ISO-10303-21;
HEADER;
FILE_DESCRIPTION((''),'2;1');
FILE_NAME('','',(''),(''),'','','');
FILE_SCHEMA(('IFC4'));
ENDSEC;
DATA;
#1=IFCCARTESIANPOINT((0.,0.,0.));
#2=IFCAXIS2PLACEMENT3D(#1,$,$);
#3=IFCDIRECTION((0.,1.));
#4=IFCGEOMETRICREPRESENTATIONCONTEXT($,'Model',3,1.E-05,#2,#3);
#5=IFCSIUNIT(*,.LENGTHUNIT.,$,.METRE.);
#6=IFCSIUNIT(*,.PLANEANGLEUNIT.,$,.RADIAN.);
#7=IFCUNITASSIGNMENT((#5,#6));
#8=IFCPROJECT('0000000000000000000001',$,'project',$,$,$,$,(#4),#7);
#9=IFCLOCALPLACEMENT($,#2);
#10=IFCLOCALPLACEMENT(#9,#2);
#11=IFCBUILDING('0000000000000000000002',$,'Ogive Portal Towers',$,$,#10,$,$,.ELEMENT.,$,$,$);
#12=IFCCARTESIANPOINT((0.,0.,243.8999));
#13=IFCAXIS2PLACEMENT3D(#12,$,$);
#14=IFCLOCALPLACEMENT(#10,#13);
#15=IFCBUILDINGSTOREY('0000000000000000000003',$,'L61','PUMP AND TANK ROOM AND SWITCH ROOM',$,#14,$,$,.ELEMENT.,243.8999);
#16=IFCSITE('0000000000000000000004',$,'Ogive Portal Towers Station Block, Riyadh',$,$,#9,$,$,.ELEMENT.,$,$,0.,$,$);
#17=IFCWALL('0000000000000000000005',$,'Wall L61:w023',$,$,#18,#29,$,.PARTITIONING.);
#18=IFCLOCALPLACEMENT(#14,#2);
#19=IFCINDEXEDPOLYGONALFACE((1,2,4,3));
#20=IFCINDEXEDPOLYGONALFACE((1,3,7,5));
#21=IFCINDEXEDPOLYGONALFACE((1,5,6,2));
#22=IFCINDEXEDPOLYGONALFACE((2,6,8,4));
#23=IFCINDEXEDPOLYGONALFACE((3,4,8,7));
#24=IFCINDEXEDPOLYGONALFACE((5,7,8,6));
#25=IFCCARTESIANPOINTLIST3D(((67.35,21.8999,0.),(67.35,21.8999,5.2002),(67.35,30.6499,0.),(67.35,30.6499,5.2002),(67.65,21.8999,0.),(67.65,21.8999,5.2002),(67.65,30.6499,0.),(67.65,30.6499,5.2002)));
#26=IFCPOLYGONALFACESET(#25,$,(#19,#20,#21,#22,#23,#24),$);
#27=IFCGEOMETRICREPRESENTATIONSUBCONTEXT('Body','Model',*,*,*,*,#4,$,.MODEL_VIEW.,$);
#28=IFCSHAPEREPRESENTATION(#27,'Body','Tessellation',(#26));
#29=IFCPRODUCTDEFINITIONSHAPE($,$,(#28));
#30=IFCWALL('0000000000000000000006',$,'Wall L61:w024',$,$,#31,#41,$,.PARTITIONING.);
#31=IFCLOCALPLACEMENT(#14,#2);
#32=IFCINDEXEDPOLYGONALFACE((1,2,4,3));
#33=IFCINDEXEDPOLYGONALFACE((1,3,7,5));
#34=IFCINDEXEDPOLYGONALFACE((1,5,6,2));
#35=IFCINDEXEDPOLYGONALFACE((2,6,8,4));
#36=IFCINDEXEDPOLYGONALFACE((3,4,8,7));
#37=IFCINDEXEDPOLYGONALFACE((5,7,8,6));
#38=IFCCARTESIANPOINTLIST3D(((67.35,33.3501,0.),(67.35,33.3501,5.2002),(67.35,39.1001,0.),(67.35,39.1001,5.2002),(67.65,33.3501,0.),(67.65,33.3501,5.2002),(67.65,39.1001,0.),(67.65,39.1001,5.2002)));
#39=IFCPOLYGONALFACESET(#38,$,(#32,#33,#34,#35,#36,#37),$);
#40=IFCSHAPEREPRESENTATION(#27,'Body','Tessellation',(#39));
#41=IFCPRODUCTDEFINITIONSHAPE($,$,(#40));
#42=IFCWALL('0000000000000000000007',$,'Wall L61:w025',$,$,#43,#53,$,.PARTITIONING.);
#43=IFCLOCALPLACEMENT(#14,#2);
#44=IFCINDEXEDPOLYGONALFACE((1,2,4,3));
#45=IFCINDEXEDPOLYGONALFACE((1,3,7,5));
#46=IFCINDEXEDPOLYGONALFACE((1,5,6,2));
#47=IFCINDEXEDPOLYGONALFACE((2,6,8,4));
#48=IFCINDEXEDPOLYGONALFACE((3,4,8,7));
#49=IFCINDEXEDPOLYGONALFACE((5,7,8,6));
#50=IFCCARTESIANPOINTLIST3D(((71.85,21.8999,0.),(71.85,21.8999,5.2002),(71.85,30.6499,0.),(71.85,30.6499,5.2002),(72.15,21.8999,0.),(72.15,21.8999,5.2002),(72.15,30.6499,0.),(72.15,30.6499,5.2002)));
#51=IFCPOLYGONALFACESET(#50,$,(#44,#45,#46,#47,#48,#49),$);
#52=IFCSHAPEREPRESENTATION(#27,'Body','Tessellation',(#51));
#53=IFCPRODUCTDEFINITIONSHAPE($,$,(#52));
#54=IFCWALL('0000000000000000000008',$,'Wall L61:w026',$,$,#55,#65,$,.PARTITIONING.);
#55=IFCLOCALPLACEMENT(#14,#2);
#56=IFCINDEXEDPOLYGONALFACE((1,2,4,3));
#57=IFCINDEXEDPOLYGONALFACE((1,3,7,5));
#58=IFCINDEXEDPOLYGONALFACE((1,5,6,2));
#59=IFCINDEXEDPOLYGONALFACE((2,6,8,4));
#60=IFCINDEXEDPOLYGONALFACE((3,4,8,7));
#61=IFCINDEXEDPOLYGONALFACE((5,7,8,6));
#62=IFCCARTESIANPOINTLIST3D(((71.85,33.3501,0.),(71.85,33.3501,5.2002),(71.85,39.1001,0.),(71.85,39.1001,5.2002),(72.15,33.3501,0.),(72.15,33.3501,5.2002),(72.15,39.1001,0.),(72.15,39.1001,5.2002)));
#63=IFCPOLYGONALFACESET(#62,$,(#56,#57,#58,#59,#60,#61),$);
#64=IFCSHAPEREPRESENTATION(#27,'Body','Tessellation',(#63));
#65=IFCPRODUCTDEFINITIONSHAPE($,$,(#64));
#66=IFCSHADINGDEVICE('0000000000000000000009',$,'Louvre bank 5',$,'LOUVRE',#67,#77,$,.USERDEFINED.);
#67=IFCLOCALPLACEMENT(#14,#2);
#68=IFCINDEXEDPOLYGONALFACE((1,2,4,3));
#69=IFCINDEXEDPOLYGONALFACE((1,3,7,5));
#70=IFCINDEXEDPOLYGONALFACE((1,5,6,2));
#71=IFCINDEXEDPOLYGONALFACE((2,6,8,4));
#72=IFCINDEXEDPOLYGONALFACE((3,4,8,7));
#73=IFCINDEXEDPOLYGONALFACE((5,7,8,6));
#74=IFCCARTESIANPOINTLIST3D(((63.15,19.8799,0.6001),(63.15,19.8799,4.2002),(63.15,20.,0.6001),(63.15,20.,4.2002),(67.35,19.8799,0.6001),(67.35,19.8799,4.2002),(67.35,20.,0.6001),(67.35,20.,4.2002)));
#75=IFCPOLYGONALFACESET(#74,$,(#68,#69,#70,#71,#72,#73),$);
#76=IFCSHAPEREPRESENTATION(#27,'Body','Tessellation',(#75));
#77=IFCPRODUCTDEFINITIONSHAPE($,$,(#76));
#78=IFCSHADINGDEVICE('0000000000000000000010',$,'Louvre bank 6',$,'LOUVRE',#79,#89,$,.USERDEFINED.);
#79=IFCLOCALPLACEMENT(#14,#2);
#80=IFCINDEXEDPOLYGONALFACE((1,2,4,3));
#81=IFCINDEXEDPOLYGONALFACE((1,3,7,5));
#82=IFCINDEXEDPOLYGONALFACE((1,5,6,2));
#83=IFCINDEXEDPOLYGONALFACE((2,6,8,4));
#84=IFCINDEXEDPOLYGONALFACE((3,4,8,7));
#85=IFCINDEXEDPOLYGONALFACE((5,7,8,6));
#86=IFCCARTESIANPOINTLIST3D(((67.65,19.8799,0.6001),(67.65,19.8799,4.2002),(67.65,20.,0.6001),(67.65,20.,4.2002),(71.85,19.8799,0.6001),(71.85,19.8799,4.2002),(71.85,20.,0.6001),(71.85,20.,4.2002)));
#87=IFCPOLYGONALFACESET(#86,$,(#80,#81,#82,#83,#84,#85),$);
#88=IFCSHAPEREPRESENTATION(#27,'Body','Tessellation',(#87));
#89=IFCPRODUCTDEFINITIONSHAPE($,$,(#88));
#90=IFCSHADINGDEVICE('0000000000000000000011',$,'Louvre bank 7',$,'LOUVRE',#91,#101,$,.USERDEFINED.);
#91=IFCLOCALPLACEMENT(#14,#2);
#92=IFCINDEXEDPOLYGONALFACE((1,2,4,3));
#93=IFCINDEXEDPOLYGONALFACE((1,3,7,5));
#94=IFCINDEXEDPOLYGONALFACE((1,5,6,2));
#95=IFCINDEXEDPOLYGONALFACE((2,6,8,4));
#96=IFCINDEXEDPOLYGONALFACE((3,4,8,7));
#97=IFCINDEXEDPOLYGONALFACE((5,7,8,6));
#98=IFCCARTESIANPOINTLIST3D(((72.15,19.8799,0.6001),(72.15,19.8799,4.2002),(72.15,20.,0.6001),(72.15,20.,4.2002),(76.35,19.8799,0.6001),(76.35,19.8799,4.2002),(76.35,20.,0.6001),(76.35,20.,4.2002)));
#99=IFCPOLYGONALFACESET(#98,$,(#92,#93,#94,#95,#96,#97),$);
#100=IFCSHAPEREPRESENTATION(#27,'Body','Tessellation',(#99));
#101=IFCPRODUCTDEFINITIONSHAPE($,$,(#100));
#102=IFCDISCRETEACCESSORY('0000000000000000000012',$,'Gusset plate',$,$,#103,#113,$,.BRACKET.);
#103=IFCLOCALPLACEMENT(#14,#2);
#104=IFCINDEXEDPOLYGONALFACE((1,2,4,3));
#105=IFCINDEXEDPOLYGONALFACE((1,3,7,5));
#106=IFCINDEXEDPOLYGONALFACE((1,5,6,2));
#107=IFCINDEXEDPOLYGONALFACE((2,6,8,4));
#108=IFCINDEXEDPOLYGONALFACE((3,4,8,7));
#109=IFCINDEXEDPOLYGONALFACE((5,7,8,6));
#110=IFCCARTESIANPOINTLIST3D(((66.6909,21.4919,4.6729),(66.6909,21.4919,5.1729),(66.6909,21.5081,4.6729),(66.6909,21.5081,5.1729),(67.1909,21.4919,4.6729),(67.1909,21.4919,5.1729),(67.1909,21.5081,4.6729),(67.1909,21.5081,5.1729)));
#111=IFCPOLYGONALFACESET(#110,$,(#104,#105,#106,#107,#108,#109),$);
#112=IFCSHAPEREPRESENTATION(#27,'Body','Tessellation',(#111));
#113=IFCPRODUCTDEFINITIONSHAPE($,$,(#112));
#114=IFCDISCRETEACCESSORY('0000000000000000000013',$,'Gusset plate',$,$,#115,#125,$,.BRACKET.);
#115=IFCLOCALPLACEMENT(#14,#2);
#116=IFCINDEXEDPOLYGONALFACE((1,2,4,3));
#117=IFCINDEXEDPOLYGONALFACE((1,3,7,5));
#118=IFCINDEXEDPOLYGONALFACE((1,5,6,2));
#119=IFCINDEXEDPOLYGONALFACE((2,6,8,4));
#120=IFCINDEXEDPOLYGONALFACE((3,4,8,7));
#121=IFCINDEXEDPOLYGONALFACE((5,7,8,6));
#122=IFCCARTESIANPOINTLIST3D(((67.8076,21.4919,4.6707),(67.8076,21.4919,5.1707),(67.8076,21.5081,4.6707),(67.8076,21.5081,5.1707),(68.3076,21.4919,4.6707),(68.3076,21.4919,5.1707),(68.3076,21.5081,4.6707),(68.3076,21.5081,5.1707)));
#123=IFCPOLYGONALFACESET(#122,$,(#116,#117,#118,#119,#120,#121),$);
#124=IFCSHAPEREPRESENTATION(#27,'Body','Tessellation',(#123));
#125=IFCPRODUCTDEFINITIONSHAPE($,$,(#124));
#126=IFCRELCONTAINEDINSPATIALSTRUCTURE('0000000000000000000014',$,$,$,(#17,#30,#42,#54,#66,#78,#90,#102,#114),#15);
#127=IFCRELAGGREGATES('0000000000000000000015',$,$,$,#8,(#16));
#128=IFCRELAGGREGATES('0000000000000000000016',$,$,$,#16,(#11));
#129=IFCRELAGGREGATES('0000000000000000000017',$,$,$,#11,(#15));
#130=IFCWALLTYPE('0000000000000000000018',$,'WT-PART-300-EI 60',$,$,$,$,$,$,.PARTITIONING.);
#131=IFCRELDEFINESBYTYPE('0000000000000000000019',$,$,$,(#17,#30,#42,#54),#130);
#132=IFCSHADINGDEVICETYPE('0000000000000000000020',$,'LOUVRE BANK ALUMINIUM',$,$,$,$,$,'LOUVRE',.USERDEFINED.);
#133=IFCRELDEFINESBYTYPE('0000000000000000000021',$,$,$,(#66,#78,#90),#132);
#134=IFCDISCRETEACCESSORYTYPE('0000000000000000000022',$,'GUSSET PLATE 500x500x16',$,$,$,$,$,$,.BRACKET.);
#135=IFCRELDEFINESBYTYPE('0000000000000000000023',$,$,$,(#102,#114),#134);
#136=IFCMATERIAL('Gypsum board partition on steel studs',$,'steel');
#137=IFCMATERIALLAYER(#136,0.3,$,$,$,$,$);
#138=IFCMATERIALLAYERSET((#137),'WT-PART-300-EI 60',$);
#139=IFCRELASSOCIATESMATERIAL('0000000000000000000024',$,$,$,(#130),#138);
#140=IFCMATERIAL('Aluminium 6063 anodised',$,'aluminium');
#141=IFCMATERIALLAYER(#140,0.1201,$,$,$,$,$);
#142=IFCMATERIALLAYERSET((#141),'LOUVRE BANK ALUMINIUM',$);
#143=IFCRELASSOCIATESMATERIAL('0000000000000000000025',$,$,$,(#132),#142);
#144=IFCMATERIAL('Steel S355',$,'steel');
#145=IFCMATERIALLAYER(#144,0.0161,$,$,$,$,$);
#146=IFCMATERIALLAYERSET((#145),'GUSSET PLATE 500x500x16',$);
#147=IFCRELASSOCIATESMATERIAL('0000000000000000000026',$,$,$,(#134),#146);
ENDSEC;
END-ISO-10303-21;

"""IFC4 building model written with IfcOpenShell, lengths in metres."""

from ifc_helpers import new_model, si_unit, direction, frame, frame_2d, origin, origin_2d, place, context, subcontext, project, spatial, rectangle, extrude, material, layer, layer_set, type_object, element, save


model = new_model("IFC4")

# Units and contexts
model_context = context("Model", 3, precision=1e-05, world=origin(), true_north=direction((0.0, 1.0)))
body_context = subcontext(model_context, "Body", "Model", "MODEL_VIEW")
ifc_project = project(units=[si_unit("LENGTHUNIT", "METRE"), si_unit("PLANEANGLEUNIT", "RADIAN")], contexts=[model_context])

# Site, building, storey
site_placement = place(None, origin())
site = spatial("IfcSite", under=ifc_project, at=site_placement, Name="Ogive Portal Towers Station Block, Riyadh", CompositionType="ELEMENT", RefElevation=0.0)
building_placement = place(site_placement, origin())
building = spatial("IfcBuilding", under=site, at=building_placement, Name="Ogive Portal Towers", CompositionType="ELEMENT")
storey_placement = place(building_placement, frame((0.0, 0.0, 243.8999)))
storey = spatial("IfcBuildingStorey", under=building, at=storey_placement, Name="L61", Description="PUMP AND TANK ROOM AND SWITCH ROOM", CompositionType="ELEMENT", Elevation=243.8999)

# Shared definitions
ifc_material_1 = material(Name="Steel S355", Category="steel")

# Walls
ifc_material_2 = material(Name="Gypsum board partition on steel studs", Category="steel")
ifc_layer_1 = layer(ifc_material_2, 0.3)
ifc_layer_set_1 = layer_set([ifc_layer_1], Name="WT-PART-300-EI 60")
wall_type = type_object("IfcWallType", Name="WT-PART-300-EI 60", PredefinedType="PARTITIONING", material=ifc_layer_set_1)
wall_1_placement = place(storey_placement, frame((67.5, 21.8999, 0.0), z_axis=(0.0, 0.0, 1.0), x_axis=(0.0, 1.0, 0.0)))
element("IfcWall", 1, at=wall_1_placement, inside=storey, type_object=wall_type, Name="Wall L61:w023", PredefinedType="PARTITIONING", context=body_context, shape_type="SweptSolid", body=[
    extrude(rectangle(XDim=8.75, YDim=0.3, at=frame_2d((4.375, 0.0))), origin(), (0.0, 0.0, 1.0), 5.2002),
])
wall_2_placement = place(storey_placement, frame((67.5, 33.3501, 0.0), z_axis=(0.0, 0.0, 1.0), x_axis=(0.0, 1.0, 0.0)))
element("IfcWall", 2, at=wall_2_placement, inside=storey, type_object=wall_type, Name="Wall L61:w024", PredefinedType="PARTITIONING", context=body_context, shape_type="SweptSolid", body=[
    extrude(rectangle(XDim=5.75, YDim=0.3, at=frame_2d((2.875, 0.0))), origin(), (0.0, 0.0, 1.0), 5.2002),
])
wall_3_placement = place(storey_placement, frame((72.0, 21.8999, 0.0), z_axis=(0.0, 0.0, 1.0), x_axis=(0.0, 1.0, 0.0)))
element("IfcWall", 3, at=wall_3_placement, inside=storey, type_object=wall_type, Name="Wall L61:w025", PredefinedType="PARTITIONING", context=body_context, shape_type="SweptSolid", body=[
    extrude(rectangle(XDim=8.75, YDim=0.3, at=frame_2d((4.375, 0.0))), origin(), (0.0, 0.0, 1.0), 5.2002),
])
wall_4_placement = place(storey_placement, frame((72.0, 33.3501, 0.0), z_axis=(0.0, 0.0, 1.0), x_axis=(0.0, 1.0, 0.0)))
element("IfcWall", 4, at=wall_4_placement, inside=storey, type_object=wall_type, Name="Wall L61:w026", PredefinedType="PARTITIONING", context=body_context, shape_type="SweptSolid", body=[
    extrude(rectangle(XDim=5.75, YDim=0.3, at=frame_2d((2.875, 0.0))), origin(), (0.0, 0.0, 1.0), 5.2002),
])

# Shading devices
ifc_material_3 = material(Name="Aluminium 6063 anodised", Category="aluminium")
ifc_layer_2 = layer(ifc_material_3, 0.1201)
ifc_layer_set_2 = layer_set([ifc_layer_2], Name="LOUVRE BANK ALUMINIUM")
shading_device_type = type_object("IfcShadingDeviceType", Name="LOUVRE BANK ALUMINIUM", ElementType="LOUVRE", PredefinedType="USERDEFINED", material=ifc_layer_set_2)
for number, where, z_axis, x_axis, name in (
    (5, (65.25, 19.9399, 0.6001), (0.0, 0.0, 1.0), (1.0, 0.0, 0.0), "Louvre bank 5"),
    (6, (69.75, 19.9399, 0.6001), (0.0, 0.0, 1.0), (1.0, 0.0, 0.0), "Louvre bank 6"),
    (7, (74.25, 19.9399, 0.6001), (0.0, 0.0, 1.0), (1.0, 0.0, 0.0), "Louvre bank 7"),
):
    element("IfcShadingDevice", number, at=place(storey_placement, frame(where, z_axis=z_axis, x_axis=x_axis)), inside=storey, type_object=shading_device_type, Name=name, ObjectType="LOUVRE", PredefinedType="USERDEFINED", context=body_context, shape_type="SweptSolid", body=[
        extrude(rectangle(XDim=4.2, YDim=0.1201, at=origin_2d()), origin(), (0.0, 0.0, 1.0), 3.6001),
    ])

# Discrete accessories
ifc_layer_3 = layer(ifc_material_1, 0.0161)
ifc_layer_set_3 = layer_set([ifc_layer_3], Name="GUSSET PLATE 500x500x16")
discrete_accessory_type = type_object("IfcDiscreteAccessoryType", Name="GUSSET PLATE 500x500x16", PredefinedType="BRACKET", material=ifc_layer_set_3)
for number, where, z_axis, x_axis, name in (
    (8, (66.9409, 21.5, 4.6729), (0.0, 0.0, 1.0), (1.0, 0.0, 0.0), "Gusset plate"),
    (9, (68.0576, 21.5, 4.6707), (0.0, 0.0, 1.0), (1.0, 0.0, 0.0), "Gusset plate"),
):
    element("IfcDiscreteAccessory", number, at=place(storey_placement, frame(where, z_axis=z_axis, x_axis=x_axis)), inside=storey, type_object=discrete_accessory_type, Name=name, PredefinedType="BRACKET", context=body_context, shape_type="SweptSolid", body=[
        extrude(rectangle(XDim=0.5, YDim=0.0161, at=origin_2d()), origin(), (0.0, 0.0, 1.0), 0.5),
    ])

save(model, "model.ifc")
